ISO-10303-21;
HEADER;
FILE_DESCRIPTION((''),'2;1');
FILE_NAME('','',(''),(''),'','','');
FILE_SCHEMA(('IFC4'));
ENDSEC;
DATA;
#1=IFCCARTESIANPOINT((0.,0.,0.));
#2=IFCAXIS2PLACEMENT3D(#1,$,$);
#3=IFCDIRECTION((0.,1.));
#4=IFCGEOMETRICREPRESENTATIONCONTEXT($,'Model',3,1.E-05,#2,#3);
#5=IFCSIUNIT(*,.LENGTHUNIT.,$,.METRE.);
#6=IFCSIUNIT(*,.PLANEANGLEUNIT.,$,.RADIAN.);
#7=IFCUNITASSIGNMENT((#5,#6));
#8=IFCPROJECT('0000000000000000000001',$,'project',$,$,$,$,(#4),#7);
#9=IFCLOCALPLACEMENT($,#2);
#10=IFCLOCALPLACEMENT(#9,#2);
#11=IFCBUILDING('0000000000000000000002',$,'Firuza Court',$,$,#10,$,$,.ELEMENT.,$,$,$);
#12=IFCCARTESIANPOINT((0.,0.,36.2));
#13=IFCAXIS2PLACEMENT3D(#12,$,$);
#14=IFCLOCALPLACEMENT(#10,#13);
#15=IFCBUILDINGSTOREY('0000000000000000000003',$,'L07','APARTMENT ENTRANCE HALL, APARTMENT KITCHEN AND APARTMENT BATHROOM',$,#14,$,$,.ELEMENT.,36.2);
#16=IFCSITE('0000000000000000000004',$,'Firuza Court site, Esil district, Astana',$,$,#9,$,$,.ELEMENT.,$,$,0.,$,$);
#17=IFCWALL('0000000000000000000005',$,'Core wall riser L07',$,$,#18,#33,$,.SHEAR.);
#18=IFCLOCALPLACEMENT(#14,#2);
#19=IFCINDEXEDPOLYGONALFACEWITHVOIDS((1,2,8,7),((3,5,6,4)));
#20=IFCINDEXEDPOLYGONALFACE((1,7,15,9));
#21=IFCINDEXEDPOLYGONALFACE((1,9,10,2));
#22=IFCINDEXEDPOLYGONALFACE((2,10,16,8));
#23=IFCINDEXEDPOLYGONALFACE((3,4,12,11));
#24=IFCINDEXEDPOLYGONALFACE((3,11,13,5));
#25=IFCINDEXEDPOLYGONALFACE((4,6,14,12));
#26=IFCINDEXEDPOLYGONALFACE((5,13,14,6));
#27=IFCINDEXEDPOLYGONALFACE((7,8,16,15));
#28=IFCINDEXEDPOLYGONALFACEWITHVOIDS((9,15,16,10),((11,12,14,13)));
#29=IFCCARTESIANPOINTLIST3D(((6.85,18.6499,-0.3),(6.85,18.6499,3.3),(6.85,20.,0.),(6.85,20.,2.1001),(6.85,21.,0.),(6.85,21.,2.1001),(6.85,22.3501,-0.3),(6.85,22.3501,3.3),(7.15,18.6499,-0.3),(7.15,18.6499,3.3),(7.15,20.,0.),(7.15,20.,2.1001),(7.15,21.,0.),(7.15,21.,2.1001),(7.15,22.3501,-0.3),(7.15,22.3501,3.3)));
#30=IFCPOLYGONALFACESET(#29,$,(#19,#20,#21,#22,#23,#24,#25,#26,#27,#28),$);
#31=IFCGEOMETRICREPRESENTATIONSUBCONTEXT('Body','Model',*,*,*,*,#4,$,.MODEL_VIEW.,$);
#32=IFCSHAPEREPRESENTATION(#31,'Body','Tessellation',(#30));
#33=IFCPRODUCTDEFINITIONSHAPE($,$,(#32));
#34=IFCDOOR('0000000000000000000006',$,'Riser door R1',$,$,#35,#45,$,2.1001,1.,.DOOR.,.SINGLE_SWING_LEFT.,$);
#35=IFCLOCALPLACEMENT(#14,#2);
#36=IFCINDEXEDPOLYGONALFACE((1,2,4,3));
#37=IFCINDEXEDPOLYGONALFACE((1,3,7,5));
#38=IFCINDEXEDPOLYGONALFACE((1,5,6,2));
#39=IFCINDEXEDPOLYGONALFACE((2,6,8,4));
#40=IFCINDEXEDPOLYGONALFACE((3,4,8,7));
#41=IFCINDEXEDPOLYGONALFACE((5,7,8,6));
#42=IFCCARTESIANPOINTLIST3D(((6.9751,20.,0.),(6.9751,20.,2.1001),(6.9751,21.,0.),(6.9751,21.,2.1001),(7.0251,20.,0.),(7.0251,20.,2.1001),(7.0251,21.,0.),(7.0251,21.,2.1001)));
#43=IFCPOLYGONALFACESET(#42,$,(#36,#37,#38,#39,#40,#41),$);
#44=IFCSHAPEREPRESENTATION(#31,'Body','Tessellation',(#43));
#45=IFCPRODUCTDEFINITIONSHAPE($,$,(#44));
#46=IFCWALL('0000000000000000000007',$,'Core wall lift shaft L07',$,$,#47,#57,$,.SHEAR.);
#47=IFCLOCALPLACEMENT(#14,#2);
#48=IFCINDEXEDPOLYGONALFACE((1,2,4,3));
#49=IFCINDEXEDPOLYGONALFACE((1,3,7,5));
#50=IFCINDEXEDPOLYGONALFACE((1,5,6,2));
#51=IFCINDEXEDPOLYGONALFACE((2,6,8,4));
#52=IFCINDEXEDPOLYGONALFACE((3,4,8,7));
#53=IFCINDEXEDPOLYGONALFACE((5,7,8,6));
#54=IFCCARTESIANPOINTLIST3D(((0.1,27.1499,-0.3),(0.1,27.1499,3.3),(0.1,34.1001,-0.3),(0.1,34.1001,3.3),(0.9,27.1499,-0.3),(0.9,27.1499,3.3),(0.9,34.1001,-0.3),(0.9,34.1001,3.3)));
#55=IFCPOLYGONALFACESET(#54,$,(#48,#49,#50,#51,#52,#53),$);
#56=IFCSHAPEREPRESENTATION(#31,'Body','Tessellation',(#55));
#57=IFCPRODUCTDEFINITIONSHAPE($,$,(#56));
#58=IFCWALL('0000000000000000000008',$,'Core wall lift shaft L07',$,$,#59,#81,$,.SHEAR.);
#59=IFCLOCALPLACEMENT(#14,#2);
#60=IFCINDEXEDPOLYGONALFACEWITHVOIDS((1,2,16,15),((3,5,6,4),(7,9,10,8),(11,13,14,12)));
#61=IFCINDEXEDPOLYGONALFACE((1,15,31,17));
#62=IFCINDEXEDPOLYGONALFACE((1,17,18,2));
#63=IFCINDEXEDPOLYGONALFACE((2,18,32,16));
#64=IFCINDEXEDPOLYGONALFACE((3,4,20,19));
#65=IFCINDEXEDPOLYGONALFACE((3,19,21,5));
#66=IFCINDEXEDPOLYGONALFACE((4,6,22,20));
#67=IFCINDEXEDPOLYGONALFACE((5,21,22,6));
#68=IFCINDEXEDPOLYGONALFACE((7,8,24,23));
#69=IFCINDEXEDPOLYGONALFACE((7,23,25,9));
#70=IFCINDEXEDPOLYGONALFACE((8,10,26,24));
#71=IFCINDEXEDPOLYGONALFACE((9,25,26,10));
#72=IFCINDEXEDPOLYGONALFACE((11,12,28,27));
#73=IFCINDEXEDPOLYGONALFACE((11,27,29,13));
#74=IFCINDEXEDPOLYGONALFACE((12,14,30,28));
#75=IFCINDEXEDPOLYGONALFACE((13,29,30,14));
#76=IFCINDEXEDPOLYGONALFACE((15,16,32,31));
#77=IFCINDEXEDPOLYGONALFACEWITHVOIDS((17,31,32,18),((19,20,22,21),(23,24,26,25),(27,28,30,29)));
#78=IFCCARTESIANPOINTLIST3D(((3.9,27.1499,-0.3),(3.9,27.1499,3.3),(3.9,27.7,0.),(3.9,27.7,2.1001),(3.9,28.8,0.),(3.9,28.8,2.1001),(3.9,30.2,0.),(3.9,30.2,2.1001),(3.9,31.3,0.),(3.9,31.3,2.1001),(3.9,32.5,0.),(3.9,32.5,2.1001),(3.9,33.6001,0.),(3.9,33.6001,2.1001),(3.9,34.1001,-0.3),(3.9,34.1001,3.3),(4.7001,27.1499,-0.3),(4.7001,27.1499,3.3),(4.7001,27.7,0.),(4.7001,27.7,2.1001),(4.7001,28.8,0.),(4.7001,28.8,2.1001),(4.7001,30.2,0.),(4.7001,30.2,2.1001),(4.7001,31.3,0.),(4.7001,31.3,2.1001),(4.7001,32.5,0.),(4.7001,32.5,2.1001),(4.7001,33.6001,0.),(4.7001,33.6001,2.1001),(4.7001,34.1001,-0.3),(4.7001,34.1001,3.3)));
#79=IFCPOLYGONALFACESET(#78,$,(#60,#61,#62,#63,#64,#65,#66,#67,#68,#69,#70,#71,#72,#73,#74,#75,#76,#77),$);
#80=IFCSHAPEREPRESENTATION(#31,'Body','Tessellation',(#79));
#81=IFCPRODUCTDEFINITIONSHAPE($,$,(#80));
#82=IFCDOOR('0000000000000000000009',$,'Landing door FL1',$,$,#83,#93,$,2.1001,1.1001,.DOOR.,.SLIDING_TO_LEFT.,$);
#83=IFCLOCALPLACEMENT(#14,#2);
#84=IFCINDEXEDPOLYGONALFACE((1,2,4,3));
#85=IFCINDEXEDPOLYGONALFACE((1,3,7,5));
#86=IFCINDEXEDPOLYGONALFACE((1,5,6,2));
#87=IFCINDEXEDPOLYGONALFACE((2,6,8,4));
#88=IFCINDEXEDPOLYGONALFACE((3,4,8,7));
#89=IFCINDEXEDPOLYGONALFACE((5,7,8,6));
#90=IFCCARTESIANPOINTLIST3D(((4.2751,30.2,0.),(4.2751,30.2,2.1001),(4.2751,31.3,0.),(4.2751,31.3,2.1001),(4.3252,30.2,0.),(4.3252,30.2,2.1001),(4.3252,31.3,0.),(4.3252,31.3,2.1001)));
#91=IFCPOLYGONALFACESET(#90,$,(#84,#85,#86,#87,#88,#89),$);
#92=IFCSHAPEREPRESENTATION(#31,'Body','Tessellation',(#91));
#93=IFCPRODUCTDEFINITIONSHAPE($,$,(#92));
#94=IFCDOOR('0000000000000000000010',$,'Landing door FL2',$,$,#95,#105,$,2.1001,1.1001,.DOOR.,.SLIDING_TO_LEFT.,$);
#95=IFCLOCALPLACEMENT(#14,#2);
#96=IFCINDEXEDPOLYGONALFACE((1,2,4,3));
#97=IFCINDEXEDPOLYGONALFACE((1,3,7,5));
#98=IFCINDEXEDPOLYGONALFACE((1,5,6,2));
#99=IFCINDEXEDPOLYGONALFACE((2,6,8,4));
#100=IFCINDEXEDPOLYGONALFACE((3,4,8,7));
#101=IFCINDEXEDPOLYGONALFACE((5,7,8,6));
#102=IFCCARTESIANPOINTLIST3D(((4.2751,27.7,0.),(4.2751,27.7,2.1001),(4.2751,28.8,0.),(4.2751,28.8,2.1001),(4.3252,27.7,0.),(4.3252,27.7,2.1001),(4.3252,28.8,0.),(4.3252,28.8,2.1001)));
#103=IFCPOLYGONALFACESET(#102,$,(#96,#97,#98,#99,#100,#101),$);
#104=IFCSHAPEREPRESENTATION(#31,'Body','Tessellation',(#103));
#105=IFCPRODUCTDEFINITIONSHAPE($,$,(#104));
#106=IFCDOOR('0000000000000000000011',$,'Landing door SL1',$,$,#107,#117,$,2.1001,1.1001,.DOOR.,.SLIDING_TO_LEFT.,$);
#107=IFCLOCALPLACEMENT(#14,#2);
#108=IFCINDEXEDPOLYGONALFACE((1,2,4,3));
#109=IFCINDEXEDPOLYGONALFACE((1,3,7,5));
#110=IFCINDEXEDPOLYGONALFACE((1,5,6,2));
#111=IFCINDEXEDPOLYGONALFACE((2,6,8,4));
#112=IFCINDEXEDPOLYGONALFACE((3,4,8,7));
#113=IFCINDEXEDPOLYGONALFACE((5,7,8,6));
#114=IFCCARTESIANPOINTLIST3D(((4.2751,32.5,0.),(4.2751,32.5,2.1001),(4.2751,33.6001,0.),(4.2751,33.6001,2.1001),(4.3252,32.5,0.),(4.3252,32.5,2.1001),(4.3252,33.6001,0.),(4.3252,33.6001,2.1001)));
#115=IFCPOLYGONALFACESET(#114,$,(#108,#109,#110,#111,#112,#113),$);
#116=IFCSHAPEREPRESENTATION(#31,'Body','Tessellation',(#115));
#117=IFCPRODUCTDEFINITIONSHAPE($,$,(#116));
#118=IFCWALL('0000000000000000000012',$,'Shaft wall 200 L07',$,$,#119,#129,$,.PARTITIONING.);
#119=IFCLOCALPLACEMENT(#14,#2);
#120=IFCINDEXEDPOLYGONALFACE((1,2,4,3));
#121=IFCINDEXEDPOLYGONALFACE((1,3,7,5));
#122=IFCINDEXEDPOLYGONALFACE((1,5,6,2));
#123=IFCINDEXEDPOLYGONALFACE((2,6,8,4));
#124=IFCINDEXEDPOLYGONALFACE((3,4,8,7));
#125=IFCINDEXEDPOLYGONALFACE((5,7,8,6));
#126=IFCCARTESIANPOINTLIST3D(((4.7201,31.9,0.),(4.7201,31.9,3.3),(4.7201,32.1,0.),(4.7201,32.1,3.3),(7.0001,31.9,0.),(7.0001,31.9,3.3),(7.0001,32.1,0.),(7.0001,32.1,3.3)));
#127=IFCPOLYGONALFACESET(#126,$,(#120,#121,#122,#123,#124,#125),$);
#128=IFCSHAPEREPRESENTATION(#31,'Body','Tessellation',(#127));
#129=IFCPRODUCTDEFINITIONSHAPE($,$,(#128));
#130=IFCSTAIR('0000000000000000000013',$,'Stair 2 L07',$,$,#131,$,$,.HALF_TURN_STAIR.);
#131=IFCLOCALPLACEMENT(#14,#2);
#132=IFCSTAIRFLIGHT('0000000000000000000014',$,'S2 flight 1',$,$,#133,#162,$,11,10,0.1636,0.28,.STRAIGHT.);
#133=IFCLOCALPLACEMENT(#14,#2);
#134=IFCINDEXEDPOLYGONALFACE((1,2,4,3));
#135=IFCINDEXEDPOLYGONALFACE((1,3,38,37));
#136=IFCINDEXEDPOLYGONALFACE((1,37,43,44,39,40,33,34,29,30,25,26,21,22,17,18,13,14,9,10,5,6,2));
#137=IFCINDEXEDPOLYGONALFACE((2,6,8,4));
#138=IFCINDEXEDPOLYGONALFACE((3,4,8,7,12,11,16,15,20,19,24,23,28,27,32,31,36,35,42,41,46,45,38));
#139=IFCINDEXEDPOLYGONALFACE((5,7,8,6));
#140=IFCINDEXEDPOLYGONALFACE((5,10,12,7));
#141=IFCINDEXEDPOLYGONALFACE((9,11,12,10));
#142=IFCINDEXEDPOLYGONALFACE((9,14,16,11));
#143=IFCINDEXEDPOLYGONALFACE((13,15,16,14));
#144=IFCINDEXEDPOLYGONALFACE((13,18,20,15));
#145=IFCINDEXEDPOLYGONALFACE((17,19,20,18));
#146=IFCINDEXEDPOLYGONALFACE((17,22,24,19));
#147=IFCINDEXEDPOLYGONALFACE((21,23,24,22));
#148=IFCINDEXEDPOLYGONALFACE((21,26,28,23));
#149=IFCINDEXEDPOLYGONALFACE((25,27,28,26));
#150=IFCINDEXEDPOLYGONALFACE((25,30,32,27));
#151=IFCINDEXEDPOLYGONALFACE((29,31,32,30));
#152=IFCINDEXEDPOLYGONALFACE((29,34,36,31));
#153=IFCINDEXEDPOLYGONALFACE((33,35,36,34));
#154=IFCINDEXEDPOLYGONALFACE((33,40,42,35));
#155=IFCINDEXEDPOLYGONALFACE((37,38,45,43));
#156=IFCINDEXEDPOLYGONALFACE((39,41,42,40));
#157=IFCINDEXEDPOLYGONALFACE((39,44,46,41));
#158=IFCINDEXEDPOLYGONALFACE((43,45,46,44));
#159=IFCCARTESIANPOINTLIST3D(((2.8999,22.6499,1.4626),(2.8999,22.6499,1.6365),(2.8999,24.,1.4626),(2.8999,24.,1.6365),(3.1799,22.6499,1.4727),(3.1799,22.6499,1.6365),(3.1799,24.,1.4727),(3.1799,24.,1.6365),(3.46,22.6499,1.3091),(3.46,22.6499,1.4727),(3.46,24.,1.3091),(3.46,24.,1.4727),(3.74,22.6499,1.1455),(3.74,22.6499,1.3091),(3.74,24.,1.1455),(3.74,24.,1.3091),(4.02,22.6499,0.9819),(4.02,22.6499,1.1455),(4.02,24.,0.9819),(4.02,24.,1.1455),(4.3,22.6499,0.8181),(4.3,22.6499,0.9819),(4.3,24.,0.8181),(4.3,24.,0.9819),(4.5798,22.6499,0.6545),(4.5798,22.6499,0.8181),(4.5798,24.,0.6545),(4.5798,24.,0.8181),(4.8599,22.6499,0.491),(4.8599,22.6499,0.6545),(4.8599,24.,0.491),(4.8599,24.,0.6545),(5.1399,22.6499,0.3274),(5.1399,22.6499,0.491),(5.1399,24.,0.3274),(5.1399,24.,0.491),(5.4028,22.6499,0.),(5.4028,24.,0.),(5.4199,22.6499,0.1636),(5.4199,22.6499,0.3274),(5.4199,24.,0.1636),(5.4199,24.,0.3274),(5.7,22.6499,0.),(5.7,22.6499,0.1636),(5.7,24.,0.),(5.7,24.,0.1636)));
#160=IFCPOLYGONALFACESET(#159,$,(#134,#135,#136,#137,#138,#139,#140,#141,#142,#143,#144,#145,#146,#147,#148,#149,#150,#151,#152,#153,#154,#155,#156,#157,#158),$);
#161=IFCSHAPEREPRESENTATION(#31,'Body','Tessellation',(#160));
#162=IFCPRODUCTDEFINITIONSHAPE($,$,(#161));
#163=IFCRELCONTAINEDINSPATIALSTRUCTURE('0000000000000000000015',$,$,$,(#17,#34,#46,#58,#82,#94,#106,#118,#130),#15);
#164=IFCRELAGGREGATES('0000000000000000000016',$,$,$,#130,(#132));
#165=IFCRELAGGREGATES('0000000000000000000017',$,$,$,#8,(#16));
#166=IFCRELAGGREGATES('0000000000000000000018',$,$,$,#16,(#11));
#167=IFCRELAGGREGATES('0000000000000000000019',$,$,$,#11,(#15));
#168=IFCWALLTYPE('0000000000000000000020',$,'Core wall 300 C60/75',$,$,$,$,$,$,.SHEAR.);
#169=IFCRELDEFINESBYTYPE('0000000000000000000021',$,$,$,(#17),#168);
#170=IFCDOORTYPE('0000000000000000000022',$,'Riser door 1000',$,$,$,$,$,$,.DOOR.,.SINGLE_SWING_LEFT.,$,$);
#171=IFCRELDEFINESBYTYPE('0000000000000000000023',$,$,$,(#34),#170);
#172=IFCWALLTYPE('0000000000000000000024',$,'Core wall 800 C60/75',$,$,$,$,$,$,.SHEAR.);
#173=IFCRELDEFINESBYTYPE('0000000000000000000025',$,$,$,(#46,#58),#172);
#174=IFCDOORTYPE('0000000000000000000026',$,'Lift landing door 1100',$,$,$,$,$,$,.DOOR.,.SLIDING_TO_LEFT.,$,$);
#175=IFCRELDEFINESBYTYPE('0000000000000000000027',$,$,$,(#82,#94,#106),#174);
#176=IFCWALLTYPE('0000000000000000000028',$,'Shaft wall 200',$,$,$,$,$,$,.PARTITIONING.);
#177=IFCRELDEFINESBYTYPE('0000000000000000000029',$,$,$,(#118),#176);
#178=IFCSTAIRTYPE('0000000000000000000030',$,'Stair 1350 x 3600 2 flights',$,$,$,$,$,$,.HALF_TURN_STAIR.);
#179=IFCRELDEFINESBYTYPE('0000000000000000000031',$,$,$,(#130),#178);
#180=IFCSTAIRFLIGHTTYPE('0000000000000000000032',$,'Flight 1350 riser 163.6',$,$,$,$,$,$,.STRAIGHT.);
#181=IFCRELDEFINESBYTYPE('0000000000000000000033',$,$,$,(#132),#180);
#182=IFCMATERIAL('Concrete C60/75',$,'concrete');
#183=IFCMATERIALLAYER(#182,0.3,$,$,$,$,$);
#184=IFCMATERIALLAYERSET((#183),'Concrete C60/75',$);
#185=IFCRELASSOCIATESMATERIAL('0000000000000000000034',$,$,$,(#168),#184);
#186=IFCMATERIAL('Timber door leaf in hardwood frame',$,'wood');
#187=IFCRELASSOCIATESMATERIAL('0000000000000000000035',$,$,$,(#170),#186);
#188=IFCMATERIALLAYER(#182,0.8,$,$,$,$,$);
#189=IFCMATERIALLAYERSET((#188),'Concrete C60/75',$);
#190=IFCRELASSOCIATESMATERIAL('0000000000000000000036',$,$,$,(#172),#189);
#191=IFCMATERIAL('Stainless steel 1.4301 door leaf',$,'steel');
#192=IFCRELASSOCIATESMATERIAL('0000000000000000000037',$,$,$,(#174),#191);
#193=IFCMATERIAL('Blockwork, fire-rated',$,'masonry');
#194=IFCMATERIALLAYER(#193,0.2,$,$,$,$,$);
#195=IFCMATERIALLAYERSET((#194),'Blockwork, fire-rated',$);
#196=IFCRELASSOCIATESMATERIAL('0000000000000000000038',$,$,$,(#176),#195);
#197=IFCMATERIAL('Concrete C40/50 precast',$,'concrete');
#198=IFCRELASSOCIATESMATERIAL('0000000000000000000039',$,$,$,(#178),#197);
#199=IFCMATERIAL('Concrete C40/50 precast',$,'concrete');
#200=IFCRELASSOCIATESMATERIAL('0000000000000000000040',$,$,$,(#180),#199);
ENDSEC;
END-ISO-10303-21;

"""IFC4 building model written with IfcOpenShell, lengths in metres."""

from ifc_helpers import new_model, si_unit, direction, frame, frame_2d, origin, place, context, subcontext, project, spatial, polyline, rectangle, outline, extrude, material, layer, layer_set, type_object, element, fill, aggregate, save


model = new_model("IFC4")

# Units and contexts
model_context = context("Model", 3, precision=1e-05, world=origin(), true_north=direction((0.0, 1.0)))
body_context = subcontext(model_context, "Body", "Model", "MODEL_VIEW")
ifc_project = project(units=[si_unit("LENGTHUNIT", "METRE"), si_unit("PLANEANGLEUNIT", "RADIAN")], contexts=[model_context])

# Site, building, storey
site_placement = place(None, origin())
site = spatial("IfcSite", under=ifc_project, at=site_placement, Name="Firuza Court site, Esil district, Astana", CompositionType="ELEMENT", RefElevation=0.0)
building_placement = place(site_placement, origin())
building = spatial("IfcBuilding", under=site, at=building_placement, Name="Firuza Court", CompositionType="ELEMENT")
storey_placement = place(building_placement, frame((0.0, 0.0, 36.2)))
storey = spatial("IfcBuildingStorey", under=building, at=storey_placement, Name="L07", Description="APARTMENT ENTRANCE HALL, APARTMENT KITCHEN AND APARTMENT BATHROOM", CompositionType="ELEMENT", Elevation=36.2)

# Shared definitions
ifc_material_1 = material(Name="Concrete C60/75", Category="concrete")
ifc_layer_1 = layer(ifc_material_1, 0.3)
ifc_layer_set_1 = layer_set([ifc_layer_1], Name="Concrete C60/75")
wall_type_1 = type_object("IfcWallType", Name="Core wall 300 C60/75", PredefinedType="SHEAR", material=ifc_layer_set_1)

# Wall, opening, door
wall_1_placement = place(storey_placement, frame((7.0, 18.6499, -0.3), z_axis=(0.0, 0.0, 1.0), x_axis=(0.0, 1.0, 0.0)))
wall_1 = element("IfcWall", 1, at=wall_1_placement, inside=storey, type_object=wall_type_1, Name="Core wall riser L07", PredefinedType="SHEAR", context=body_context, shape_type="SweptSolid", body=[
    extrude(rectangle(XDim=3.7002, YDim=0.3, at=frame_2d((1.8501, 0.0))), origin(), (0.0, 0.0, 1.0), 3.6001),
])
opening_1_placement = place(wall_1_placement, frame((1.3501, 0.0, 0.3)))
opening_1 = element("IfcOpeningElement", 2, at=opening_1_placement, cuts=wall_1, PredefinedType="OPENING", context=body_context, shape_type="SweptSolid", body=[
    extrude(rectangle(XDim=1.0, YDim=2.1001, at=frame_2d((0.5, 1.05))), frame((0.0, 0.1621, 0.0), z_axis=(0.0, -1.0, 0.0), x_axis=(1.0, 0.0, 0.0)), (0.0, 0.0, 1.0), 0.324),
])
ifc_material_2 = material(Name="Timber door leaf in hardwood frame", Category="wood")
door_type_1 = type_object("IfcDoorType", Name="Riser door 1000", OperationType="SINGLE_SWING_LEFT", PredefinedType="DOOR", material=ifc_material_2)
door_1_placement = place(opening_1_placement, origin())
door_1 = element("IfcDoor", 3, at=door_1_placement, inside=storey, type_object=door_type_1, Name="Riser door R1", OperationType="SINGLE_SWING_LEFT", OverallHeight=2.1001, OverallWidth=1.0, PredefinedType="DOOR", context=body_context, shape_type="SweptSolid", body=[
    extrude(rectangle(XDim=1.0, YDim=2.1001, at=frame_2d((0.5, 1.05))), frame((0.0, 0.0249, 0.0), z_axis=(0.0, -1.0, 0.0), x_axis=(1.0, 0.0, 0.0)), (0.0, 0.0, 1.0), 0.05),
])
fill(opening_1, door_1)

# Wall
ifc_layer_2 = layer(ifc_material_1, 0.8)
ifc_layer_set_2 = layer_set([ifc_layer_2], Name="Concrete C60/75")
wall_type_2 = type_object("IfcWallType", Name="Core wall 800 C60/75", PredefinedType="SHEAR", material=ifc_layer_set_2)
wall_2_placement = place(storey_placement, frame((0.5, 27.1499, -0.3), z_axis=(0.0, 0.0, 1.0), x_axis=(0.0, 1.0, 0.0)))
element("IfcWall", 4, at=wall_2_placement, inside=storey, type_object=wall_type_2, Name="Core wall lift shaft L07", PredefinedType="SHEAR", context=body_context, shape_type="SweptSolid", body=[
    extrude(rectangle(XDim=6.9502, YDim=0.8, at=frame_2d((3.4751, 0.0))), origin(), (0.0, 0.0, 1.0), 3.6001),
])

# Wall, openings, doors
wall_3_placement = place(storey_placement, frame((4.3, 27.1499, -0.3), z_axis=(0.0, 0.0, 1.0), x_axis=(0.0, 1.0, 0.0)))
wall_3 = element("IfcWall", 5, at=wall_3_placement, inside=storey, type_object=wall_type_2, Name="Core wall lift shaft L07", PredefinedType="SHEAR", context=body_context, shape_type="SweptSolid", body=[
    extrude(rectangle(XDim=6.9502, YDim=0.8, at=frame_2d((3.4751, 0.0))), origin(), (0.0, 0.0, 1.0), 3.6001),
])
opening_2_placement = place(wall_3_placement, frame((3.05, 0.0, 0.3)))
opening_2 = element("IfcOpeningElement", 6, at=opening_2_placement, cuts=wall_3, PredefinedType="OPENING", context=body_context, shape_type="SweptSolid", body=[
    extrude(rectangle(XDim=1.1001, YDim=2.1001, at=frame_2d((0.55, 1.05))), frame((0.0, 0.4121, 0.0), z_axis=(0.0, -1.0, 0.0), x_axis=(1.0, 0.0, 0.0)), (0.0, 0.0, 1.0), 0.824),
])
opening_3_placement = place(wall_3_placement, frame((0.55, 0.0, 0.3)))
opening_3 = element("IfcOpeningElement", 7, at=opening_3_placement, cuts=wall_3, PredefinedType="OPENING", context=body_context, shape_type="SweptSolid", body=[
    extrude(rectangle(XDim=1.1001, YDim=2.1001, at=frame_2d((0.55, 1.05))), frame((0.0, 0.4121, 0.0), z_axis=(0.0, -1.0, 0.0), x_axis=(1.0, 0.0, 0.0)), (0.0, 0.0, 1.0), 0.824),
])
opening_4_placement = place(wall_3_placement, frame((5.3501, 0.0, 0.3)))
opening_4 = element("IfcOpeningElement", 8, at=opening_4_placement, cuts=wall_3, PredefinedType="OPENING", context=body_context, shape_type="SweptSolid", body=[
    extrude(rectangle(XDim=1.1001, YDim=2.1001, at=frame_2d((0.55, 1.05))), frame((0.0, 0.4121, 0.0), z_axis=(0.0, -1.0, 0.0), x_axis=(1.0, 0.0, 0.0)), (0.0, 0.0, 1.0), 0.824),
])
ifc_material_3 = material(Name="Stainless steel 1.4301 door leaf", Category="steel")
door_type_2 = type_object("IfcDoorType", Name="Lift landing door 1100", OperationType="SLIDING_TO_LEFT", PredefinedType="DOOR", material=ifc_material_3)
door_2_placement = place(opening_2_placement, origin())
door_2 = element("IfcDoor", 9, at=door_2_placement, inside=storey, type_object=door_type_2, Name="Landing door FL1", OperationType="SLIDING_TO_LEFT", OverallHeight=2.1001, OverallWidth=1.1001, PredefinedType="DOOR", context=body_context, shape_type="SweptSolid", body=[
    extrude(rectangle(XDim=1.1001, YDim=2.1001, at=frame_2d((0.55, 1.05))), frame((0.0, 0.0249, 0.0), z_axis=(0.0, -1.0, 0.0), x_axis=(1.0, 0.0, 0.0)), (0.0, 0.0, 1.0), 0.05),
])
fill(opening_2, door_2)
door_3_placement = place(opening_3_placement, origin())
door_3 = element("IfcDoor", 10, at=door_3_placement, inside=storey, type_object=door_type_2, Name="Landing door FL2", OperationType="SLIDING_TO_LEFT", OverallHeight=2.1001, OverallWidth=1.1001, PredefinedType="DOOR", context=body_context, shape_type="SweptSolid", body=[
    extrude(rectangle(XDim=1.1001, YDim=2.1001, at=frame_2d((0.55, 1.05))), frame((0.0, 0.0249, 0.0), z_axis=(0.0, -1.0, 0.0), x_axis=(1.0, 0.0, 0.0)), (0.0, 0.0, 1.0), 0.05),
])
fill(opening_3, door_3)
door_4_placement = place(opening_4_placement, origin())
door_4 = element("IfcDoor", 11, at=door_4_placement, inside=storey, type_object=door_type_2, Name="Landing door SL1", OperationType="SLIDING_TO_LEFT", OverallHeight=2.1001, OverallWidth=1.1001, PredefinedType="DOOR", context=body_context, shape_type="SweptSolid", body=[
    extrude(rectangle(XDim=1.1001, YDim=2.1001, at=frame_2d((0.55, 1.05))), frame((0.0, 0.0249, 0.0), z_axis=(0.0, -1.0, 0.0), x_axis=(1.0, 0.0, 0.0)), (0.0, 0.0, 1.0), 0.05),
])
fill(opening_4, door_4)

# Wall
ifc_material_4 = material(Name="Blockwork, fire-rated", Category="masonry")
ifc_layer_3 = layer(ifc_material_4, 0.2)
ifc_layer_set_3 = layer_set([ifc_layer_3], Name="Blockwork, fire-rated")
wall_type_3 = type_object("IfcWallType", Name="Shaft wall 200", PredefinedType="PARTITIONING", material=ifc_layer_set_3)
wall_4_placement = place(storey_placement, frame((4.72, 32.0, 0.0), z_axis=(0.0, 0.0, 1.0), x_axis=(1.0, 0.0, 0.0)))
element("IfcWall", 12, at=wall_4_placement, inside=storey, type_object=wall_type_3, Name="Shaft wall 200 L07", PredefinedType="PARTITIONING", context=body_context, shape_type="SweptSolid", body=[
    extrude(rectangle(XDim=2.28, YDim=0.2, at=frame_2d((1.1401, 0.0))), origin(), (0.0, 0.0, 1.0), 3.3),
])

# Stair, stair flight
ifc_material_5 = material(Name="Concrete C40/50 precast", Category="concrete")
stair_type = type_object("IfcStairType", Name="Stair 1350 x 3600 2 flights", PredefinedType="HALF_TURN_STAIR", material=ifc_material_5)
stair_placement = place(storey_placement, origin())
stair = element("IfcStair", 13, at=stair_placement, inside=storey, type_object=stair_type, Name="Stair 2 L07", PredefinedType="HALF_TURN_STAIR")
ifc_material_6 = material(Name="Concrete C40/50 precast", Category="concrete")
stair_flight_type = type_object("IfcStairFlightType", Name="Flight 1350 riser 163.6", PredefinedType="STRAIGHT", material=ifc_material_6)
stair_flight_1_placement = place(storey_placement, frame((5.7, 23.325, 0.0), z_axis=(0.0, 0.0, 1.0), x_axis=(-1.0, 0.0, 0.0)))
stair_flight_1 = element("IfcStairFlight", 14, at=stair_flight_1_placement, type_object=stair_flight_type, Name="S2 flight 1", NumberOfRisers=11, NumberOfTreads=10, PredefinedType="STRAIGHT", RiserHeight=0.1636, TreadLength=0.28, context=body_context, shape_type="SweptSolid", body=[
    extrude(outline(polyline([(0.0, 0.0), (0.0, 0.1636), (0.28, 0.1636), (0.28, 0.3274), (0.5601, 0.3274), (0.5601, 0.491), (0.8401, 0.491), (0.8401, 0.6545), (1.1201, 0.6545), (1.1201, 0.8181), (1.3999, 0.8181), (1.3999, 0.9819), (1.6799, 0.9819), (1.6799, 1.1455), (1.96, 1.1455), (1.96, 1.3091), (2.24, 1.3091), (2.24, 1.4727), (2.52, 1.4727), (2.52, 1.6365), (2.8, 1.6365), (2.8, 1.8), (2.8, 1.4626), (0.2971, 0.0), (0.0, 0.0)])), frame((0.0, 0.675, 0.0), z_axis=(0.0, -1.0, 0.0), x_axis=(1.0, 0.0, 0.0)), (0.0, 0.0, 1.0), 1.3501),
])
aggregate(stair, [stair_flight_1])

save(model, "model.ifc")
